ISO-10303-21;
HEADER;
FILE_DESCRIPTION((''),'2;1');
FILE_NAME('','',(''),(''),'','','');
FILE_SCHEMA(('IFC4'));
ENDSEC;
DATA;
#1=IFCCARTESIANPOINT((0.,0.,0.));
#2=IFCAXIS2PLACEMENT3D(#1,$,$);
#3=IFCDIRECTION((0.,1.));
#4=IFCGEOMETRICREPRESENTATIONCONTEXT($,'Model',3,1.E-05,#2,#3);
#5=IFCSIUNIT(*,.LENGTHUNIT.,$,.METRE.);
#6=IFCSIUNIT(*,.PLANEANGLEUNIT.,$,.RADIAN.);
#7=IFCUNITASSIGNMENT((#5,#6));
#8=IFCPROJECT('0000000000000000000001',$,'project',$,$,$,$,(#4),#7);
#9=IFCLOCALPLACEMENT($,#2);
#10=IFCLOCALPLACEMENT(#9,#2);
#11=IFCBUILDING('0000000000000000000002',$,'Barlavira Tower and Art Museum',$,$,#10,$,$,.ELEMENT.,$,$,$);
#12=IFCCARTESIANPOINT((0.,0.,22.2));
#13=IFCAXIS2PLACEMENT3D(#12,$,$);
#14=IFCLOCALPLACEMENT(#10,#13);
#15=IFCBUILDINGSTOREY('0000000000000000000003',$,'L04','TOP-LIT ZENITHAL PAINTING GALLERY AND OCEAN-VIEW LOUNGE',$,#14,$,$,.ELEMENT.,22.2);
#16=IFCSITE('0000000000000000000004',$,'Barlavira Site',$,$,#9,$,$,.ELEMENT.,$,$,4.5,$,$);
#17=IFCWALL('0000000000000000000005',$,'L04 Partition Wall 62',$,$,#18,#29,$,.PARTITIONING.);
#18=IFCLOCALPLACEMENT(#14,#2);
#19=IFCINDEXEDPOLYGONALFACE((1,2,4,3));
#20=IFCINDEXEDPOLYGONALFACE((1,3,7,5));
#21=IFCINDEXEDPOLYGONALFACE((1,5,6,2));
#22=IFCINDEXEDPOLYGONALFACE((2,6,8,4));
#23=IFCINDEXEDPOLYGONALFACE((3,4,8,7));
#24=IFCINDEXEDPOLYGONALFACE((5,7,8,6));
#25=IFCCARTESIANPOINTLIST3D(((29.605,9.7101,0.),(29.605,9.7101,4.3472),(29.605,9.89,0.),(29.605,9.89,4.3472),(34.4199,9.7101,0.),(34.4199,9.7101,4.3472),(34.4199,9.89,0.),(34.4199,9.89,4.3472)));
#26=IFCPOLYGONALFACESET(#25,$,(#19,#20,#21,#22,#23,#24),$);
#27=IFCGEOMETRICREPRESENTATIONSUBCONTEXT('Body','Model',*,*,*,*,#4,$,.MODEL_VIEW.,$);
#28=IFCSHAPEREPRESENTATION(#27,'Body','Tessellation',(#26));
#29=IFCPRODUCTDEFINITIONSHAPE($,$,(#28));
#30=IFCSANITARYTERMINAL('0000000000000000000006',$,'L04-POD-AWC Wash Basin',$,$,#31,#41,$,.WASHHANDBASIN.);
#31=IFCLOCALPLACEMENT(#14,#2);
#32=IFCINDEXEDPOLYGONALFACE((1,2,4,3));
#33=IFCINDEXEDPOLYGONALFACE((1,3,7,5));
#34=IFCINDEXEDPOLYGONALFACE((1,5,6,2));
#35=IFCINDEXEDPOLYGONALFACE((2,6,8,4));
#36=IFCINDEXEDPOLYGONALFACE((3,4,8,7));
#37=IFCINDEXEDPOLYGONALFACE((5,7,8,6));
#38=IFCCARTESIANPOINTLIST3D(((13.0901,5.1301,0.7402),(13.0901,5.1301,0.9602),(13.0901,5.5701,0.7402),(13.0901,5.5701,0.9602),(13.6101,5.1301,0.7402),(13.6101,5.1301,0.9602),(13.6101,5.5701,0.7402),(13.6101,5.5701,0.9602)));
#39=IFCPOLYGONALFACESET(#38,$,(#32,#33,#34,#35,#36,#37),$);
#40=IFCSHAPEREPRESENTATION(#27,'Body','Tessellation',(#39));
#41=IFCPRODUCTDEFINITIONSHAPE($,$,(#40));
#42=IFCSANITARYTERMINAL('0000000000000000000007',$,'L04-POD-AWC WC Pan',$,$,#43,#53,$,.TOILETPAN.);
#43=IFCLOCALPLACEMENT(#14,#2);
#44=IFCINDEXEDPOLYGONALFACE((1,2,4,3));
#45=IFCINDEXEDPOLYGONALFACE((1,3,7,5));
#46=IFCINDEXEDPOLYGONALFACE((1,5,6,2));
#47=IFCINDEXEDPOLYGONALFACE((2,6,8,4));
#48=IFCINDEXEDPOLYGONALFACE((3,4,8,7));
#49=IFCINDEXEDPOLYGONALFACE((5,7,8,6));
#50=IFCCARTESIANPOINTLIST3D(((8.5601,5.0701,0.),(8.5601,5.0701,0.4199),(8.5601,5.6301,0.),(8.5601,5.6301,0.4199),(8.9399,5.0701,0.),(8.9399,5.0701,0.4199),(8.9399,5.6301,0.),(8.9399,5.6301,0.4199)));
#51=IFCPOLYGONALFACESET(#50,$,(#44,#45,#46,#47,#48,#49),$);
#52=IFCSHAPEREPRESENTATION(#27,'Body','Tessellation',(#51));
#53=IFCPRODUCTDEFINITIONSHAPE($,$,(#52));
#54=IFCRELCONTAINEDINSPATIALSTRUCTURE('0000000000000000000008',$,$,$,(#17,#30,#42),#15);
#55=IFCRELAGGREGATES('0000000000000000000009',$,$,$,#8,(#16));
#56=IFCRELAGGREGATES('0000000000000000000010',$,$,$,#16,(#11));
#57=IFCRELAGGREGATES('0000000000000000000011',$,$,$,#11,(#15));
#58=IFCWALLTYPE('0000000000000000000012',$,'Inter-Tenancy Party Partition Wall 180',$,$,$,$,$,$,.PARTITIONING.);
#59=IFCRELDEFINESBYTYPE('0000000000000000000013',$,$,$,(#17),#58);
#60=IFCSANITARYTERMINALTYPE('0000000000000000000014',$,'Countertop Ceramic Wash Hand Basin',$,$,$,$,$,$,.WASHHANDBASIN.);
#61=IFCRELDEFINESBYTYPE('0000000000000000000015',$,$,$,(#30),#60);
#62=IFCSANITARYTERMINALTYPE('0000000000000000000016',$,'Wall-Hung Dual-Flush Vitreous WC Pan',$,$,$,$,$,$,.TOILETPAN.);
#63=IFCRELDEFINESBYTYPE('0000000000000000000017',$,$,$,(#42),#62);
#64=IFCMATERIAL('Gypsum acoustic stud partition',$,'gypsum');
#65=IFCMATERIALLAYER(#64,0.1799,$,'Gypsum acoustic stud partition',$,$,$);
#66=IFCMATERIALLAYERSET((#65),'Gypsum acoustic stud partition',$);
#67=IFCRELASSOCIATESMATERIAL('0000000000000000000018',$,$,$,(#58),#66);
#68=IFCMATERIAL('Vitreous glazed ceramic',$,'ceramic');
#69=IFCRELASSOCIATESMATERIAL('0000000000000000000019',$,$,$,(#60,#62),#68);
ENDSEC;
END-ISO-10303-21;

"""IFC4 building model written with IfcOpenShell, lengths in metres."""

from ifc_helpers import new_model, si_unit, direction, frame, frame_2d, origin, origin_2d, place, context, subcontext, project, spatial, rectangle, extrude, material, layer, layer_set, type_object, element, save


model = new_model("IFC4")

# Units and contexts
model_context = context("Model", 3, precision=1e-05, world=origin(), true_north=direction((0.0, 1.0)))
body_context = subcontext(model_context, "Body", "Model", "MODEL_VIEW")
ifc_project = project(units=[si_unit("LENGTHUNIT", "METRE"), si_unit("PLANEANGLEUNIT", "RADIAN")], contexts=[model_context])

# Site, building, storey
site_placement = place(None, origin())
site = spatial("IfcSite", under=ifc_project, at=site_placement, Name="Barlavira Site", CompositionType="ELEMENT", RefElevation=4.5)
building_placement = place(site_placement, origin())
building = spatial("IfcBuilding", under=site, at=building_placement, Name="Barlavira Tower and Art Museum", CompositionType="ELEMENT")
storey_placement = place(building_placement, frame((0.0, 0.0, 22.2)))
storey = spatial("IfcBuildingStorey", under=building, at=storey_placement, Name="L04", Description="TOP-LIT ZENITHAL PAINTING GALLERY AND OCEAN-VIEW LOUNGE", CompositionType="ELEMENT", Elevation=22.2)

# Wall
ifc_material_1 = material(Name="Gypsum acoustic stud partition", Category="gypsum")
ifc_layer_1 = layer(ifc_material_1, 0.1799, Name="Gypsum acoustic stud partition")
ifc_layer_set_1 = layer_set([ifc_layer_1], Name="Gypsum acoustic stud partition")
wall_type_1 = type_object("IfcWallType", Name="Inter-Tenancy Party Partition Wall 180", PredefinedType="PARTITIONING", material=ifc_layer_set_1)
wall_1_placement = place(storey_placement, frame((29.605, 9.8, 0.0), z_axis=(0.0, 0.0, 1.0), x_axis=(1.0, 0.0, 0.0)))
element("IfcWall", 1, at=wall_1_placement, inside=storey, type_object=wall_type_1, Name="L04 Partition Wall 62", PredefinedType="PARTITIONING", context=body_context, shape_type="SweptSolid", body=[
    extrude(rectangle(XDim=4.8149, YDim=0.1799, at=frame_2d((2.4075, 0.0))), origin(), (0.0, 0.0, 1.0), 4.3472),
])

# Sanitary terminals
ifc_material_2 = material(Name="Vitreous glazed ceramic", Category="ceramic")
sanitary_terminal_type_1 = type_object("IfcSanitaryTerminalType", Name="Countertop Ceramic Wash Hand Basin", PredefinedType="WASHHANDBASIN", material=ifc_material_2)
sanitary_terminal_1_placement = place(storey_placement, frame((13.3501, 5.3501, 0.7402), z_axis=(0.0, 0.0, 1.0), x_axis=(1.0, 0.0, 0.0)))
element("IfcSanitaryTerminal", 2, at=sanitary_terminal_1_placement, inside=storey, type_object=sanitary_terminal_type_1, Name="L04-POD-AWC Wash Basin", PredefinedType="WASHHANDBASIN", context=body_context, shape_type="SweptSolid", body=[
    extrude(rectangle(XDim=0.52, YDim=0.4399, at=origin_2d()), origin(), (0.0, 0.0, 1.0), 0.22),
])
sanitary_terminal_type_2 = type_object("IfcSanitaryTerminalType", Name="Wall-Hung Dual-Flush Vitreous WC Pan", PredefinedType="TOILETPAN", material=ifc_material_2)
sanitary_terminal_2_placement = place(storey_placement, frame((8.75, 5.3501, 0.0), z_axis=(0.0, 0.0, 1.0), x_axis=(1.0, 0.0, 0.0)))
element("IfcSanitaryTerminal", 3, at=sanitary_terminal_2_placement, inside=storey, type_object=sanitary_terminal_type_2, Name="L04-POD-AWC WC Pan", PredefinedType="TOILETPAN", context=body_context, shape_type="SweptSolid", body=[
    extrude(rectangle(XDim=0.3799, YDim=0.5601, at=origin_2d()), origin(), (0.0, 0.0, 1.0), 0.4199),
])

save(model, "model.ifc")
